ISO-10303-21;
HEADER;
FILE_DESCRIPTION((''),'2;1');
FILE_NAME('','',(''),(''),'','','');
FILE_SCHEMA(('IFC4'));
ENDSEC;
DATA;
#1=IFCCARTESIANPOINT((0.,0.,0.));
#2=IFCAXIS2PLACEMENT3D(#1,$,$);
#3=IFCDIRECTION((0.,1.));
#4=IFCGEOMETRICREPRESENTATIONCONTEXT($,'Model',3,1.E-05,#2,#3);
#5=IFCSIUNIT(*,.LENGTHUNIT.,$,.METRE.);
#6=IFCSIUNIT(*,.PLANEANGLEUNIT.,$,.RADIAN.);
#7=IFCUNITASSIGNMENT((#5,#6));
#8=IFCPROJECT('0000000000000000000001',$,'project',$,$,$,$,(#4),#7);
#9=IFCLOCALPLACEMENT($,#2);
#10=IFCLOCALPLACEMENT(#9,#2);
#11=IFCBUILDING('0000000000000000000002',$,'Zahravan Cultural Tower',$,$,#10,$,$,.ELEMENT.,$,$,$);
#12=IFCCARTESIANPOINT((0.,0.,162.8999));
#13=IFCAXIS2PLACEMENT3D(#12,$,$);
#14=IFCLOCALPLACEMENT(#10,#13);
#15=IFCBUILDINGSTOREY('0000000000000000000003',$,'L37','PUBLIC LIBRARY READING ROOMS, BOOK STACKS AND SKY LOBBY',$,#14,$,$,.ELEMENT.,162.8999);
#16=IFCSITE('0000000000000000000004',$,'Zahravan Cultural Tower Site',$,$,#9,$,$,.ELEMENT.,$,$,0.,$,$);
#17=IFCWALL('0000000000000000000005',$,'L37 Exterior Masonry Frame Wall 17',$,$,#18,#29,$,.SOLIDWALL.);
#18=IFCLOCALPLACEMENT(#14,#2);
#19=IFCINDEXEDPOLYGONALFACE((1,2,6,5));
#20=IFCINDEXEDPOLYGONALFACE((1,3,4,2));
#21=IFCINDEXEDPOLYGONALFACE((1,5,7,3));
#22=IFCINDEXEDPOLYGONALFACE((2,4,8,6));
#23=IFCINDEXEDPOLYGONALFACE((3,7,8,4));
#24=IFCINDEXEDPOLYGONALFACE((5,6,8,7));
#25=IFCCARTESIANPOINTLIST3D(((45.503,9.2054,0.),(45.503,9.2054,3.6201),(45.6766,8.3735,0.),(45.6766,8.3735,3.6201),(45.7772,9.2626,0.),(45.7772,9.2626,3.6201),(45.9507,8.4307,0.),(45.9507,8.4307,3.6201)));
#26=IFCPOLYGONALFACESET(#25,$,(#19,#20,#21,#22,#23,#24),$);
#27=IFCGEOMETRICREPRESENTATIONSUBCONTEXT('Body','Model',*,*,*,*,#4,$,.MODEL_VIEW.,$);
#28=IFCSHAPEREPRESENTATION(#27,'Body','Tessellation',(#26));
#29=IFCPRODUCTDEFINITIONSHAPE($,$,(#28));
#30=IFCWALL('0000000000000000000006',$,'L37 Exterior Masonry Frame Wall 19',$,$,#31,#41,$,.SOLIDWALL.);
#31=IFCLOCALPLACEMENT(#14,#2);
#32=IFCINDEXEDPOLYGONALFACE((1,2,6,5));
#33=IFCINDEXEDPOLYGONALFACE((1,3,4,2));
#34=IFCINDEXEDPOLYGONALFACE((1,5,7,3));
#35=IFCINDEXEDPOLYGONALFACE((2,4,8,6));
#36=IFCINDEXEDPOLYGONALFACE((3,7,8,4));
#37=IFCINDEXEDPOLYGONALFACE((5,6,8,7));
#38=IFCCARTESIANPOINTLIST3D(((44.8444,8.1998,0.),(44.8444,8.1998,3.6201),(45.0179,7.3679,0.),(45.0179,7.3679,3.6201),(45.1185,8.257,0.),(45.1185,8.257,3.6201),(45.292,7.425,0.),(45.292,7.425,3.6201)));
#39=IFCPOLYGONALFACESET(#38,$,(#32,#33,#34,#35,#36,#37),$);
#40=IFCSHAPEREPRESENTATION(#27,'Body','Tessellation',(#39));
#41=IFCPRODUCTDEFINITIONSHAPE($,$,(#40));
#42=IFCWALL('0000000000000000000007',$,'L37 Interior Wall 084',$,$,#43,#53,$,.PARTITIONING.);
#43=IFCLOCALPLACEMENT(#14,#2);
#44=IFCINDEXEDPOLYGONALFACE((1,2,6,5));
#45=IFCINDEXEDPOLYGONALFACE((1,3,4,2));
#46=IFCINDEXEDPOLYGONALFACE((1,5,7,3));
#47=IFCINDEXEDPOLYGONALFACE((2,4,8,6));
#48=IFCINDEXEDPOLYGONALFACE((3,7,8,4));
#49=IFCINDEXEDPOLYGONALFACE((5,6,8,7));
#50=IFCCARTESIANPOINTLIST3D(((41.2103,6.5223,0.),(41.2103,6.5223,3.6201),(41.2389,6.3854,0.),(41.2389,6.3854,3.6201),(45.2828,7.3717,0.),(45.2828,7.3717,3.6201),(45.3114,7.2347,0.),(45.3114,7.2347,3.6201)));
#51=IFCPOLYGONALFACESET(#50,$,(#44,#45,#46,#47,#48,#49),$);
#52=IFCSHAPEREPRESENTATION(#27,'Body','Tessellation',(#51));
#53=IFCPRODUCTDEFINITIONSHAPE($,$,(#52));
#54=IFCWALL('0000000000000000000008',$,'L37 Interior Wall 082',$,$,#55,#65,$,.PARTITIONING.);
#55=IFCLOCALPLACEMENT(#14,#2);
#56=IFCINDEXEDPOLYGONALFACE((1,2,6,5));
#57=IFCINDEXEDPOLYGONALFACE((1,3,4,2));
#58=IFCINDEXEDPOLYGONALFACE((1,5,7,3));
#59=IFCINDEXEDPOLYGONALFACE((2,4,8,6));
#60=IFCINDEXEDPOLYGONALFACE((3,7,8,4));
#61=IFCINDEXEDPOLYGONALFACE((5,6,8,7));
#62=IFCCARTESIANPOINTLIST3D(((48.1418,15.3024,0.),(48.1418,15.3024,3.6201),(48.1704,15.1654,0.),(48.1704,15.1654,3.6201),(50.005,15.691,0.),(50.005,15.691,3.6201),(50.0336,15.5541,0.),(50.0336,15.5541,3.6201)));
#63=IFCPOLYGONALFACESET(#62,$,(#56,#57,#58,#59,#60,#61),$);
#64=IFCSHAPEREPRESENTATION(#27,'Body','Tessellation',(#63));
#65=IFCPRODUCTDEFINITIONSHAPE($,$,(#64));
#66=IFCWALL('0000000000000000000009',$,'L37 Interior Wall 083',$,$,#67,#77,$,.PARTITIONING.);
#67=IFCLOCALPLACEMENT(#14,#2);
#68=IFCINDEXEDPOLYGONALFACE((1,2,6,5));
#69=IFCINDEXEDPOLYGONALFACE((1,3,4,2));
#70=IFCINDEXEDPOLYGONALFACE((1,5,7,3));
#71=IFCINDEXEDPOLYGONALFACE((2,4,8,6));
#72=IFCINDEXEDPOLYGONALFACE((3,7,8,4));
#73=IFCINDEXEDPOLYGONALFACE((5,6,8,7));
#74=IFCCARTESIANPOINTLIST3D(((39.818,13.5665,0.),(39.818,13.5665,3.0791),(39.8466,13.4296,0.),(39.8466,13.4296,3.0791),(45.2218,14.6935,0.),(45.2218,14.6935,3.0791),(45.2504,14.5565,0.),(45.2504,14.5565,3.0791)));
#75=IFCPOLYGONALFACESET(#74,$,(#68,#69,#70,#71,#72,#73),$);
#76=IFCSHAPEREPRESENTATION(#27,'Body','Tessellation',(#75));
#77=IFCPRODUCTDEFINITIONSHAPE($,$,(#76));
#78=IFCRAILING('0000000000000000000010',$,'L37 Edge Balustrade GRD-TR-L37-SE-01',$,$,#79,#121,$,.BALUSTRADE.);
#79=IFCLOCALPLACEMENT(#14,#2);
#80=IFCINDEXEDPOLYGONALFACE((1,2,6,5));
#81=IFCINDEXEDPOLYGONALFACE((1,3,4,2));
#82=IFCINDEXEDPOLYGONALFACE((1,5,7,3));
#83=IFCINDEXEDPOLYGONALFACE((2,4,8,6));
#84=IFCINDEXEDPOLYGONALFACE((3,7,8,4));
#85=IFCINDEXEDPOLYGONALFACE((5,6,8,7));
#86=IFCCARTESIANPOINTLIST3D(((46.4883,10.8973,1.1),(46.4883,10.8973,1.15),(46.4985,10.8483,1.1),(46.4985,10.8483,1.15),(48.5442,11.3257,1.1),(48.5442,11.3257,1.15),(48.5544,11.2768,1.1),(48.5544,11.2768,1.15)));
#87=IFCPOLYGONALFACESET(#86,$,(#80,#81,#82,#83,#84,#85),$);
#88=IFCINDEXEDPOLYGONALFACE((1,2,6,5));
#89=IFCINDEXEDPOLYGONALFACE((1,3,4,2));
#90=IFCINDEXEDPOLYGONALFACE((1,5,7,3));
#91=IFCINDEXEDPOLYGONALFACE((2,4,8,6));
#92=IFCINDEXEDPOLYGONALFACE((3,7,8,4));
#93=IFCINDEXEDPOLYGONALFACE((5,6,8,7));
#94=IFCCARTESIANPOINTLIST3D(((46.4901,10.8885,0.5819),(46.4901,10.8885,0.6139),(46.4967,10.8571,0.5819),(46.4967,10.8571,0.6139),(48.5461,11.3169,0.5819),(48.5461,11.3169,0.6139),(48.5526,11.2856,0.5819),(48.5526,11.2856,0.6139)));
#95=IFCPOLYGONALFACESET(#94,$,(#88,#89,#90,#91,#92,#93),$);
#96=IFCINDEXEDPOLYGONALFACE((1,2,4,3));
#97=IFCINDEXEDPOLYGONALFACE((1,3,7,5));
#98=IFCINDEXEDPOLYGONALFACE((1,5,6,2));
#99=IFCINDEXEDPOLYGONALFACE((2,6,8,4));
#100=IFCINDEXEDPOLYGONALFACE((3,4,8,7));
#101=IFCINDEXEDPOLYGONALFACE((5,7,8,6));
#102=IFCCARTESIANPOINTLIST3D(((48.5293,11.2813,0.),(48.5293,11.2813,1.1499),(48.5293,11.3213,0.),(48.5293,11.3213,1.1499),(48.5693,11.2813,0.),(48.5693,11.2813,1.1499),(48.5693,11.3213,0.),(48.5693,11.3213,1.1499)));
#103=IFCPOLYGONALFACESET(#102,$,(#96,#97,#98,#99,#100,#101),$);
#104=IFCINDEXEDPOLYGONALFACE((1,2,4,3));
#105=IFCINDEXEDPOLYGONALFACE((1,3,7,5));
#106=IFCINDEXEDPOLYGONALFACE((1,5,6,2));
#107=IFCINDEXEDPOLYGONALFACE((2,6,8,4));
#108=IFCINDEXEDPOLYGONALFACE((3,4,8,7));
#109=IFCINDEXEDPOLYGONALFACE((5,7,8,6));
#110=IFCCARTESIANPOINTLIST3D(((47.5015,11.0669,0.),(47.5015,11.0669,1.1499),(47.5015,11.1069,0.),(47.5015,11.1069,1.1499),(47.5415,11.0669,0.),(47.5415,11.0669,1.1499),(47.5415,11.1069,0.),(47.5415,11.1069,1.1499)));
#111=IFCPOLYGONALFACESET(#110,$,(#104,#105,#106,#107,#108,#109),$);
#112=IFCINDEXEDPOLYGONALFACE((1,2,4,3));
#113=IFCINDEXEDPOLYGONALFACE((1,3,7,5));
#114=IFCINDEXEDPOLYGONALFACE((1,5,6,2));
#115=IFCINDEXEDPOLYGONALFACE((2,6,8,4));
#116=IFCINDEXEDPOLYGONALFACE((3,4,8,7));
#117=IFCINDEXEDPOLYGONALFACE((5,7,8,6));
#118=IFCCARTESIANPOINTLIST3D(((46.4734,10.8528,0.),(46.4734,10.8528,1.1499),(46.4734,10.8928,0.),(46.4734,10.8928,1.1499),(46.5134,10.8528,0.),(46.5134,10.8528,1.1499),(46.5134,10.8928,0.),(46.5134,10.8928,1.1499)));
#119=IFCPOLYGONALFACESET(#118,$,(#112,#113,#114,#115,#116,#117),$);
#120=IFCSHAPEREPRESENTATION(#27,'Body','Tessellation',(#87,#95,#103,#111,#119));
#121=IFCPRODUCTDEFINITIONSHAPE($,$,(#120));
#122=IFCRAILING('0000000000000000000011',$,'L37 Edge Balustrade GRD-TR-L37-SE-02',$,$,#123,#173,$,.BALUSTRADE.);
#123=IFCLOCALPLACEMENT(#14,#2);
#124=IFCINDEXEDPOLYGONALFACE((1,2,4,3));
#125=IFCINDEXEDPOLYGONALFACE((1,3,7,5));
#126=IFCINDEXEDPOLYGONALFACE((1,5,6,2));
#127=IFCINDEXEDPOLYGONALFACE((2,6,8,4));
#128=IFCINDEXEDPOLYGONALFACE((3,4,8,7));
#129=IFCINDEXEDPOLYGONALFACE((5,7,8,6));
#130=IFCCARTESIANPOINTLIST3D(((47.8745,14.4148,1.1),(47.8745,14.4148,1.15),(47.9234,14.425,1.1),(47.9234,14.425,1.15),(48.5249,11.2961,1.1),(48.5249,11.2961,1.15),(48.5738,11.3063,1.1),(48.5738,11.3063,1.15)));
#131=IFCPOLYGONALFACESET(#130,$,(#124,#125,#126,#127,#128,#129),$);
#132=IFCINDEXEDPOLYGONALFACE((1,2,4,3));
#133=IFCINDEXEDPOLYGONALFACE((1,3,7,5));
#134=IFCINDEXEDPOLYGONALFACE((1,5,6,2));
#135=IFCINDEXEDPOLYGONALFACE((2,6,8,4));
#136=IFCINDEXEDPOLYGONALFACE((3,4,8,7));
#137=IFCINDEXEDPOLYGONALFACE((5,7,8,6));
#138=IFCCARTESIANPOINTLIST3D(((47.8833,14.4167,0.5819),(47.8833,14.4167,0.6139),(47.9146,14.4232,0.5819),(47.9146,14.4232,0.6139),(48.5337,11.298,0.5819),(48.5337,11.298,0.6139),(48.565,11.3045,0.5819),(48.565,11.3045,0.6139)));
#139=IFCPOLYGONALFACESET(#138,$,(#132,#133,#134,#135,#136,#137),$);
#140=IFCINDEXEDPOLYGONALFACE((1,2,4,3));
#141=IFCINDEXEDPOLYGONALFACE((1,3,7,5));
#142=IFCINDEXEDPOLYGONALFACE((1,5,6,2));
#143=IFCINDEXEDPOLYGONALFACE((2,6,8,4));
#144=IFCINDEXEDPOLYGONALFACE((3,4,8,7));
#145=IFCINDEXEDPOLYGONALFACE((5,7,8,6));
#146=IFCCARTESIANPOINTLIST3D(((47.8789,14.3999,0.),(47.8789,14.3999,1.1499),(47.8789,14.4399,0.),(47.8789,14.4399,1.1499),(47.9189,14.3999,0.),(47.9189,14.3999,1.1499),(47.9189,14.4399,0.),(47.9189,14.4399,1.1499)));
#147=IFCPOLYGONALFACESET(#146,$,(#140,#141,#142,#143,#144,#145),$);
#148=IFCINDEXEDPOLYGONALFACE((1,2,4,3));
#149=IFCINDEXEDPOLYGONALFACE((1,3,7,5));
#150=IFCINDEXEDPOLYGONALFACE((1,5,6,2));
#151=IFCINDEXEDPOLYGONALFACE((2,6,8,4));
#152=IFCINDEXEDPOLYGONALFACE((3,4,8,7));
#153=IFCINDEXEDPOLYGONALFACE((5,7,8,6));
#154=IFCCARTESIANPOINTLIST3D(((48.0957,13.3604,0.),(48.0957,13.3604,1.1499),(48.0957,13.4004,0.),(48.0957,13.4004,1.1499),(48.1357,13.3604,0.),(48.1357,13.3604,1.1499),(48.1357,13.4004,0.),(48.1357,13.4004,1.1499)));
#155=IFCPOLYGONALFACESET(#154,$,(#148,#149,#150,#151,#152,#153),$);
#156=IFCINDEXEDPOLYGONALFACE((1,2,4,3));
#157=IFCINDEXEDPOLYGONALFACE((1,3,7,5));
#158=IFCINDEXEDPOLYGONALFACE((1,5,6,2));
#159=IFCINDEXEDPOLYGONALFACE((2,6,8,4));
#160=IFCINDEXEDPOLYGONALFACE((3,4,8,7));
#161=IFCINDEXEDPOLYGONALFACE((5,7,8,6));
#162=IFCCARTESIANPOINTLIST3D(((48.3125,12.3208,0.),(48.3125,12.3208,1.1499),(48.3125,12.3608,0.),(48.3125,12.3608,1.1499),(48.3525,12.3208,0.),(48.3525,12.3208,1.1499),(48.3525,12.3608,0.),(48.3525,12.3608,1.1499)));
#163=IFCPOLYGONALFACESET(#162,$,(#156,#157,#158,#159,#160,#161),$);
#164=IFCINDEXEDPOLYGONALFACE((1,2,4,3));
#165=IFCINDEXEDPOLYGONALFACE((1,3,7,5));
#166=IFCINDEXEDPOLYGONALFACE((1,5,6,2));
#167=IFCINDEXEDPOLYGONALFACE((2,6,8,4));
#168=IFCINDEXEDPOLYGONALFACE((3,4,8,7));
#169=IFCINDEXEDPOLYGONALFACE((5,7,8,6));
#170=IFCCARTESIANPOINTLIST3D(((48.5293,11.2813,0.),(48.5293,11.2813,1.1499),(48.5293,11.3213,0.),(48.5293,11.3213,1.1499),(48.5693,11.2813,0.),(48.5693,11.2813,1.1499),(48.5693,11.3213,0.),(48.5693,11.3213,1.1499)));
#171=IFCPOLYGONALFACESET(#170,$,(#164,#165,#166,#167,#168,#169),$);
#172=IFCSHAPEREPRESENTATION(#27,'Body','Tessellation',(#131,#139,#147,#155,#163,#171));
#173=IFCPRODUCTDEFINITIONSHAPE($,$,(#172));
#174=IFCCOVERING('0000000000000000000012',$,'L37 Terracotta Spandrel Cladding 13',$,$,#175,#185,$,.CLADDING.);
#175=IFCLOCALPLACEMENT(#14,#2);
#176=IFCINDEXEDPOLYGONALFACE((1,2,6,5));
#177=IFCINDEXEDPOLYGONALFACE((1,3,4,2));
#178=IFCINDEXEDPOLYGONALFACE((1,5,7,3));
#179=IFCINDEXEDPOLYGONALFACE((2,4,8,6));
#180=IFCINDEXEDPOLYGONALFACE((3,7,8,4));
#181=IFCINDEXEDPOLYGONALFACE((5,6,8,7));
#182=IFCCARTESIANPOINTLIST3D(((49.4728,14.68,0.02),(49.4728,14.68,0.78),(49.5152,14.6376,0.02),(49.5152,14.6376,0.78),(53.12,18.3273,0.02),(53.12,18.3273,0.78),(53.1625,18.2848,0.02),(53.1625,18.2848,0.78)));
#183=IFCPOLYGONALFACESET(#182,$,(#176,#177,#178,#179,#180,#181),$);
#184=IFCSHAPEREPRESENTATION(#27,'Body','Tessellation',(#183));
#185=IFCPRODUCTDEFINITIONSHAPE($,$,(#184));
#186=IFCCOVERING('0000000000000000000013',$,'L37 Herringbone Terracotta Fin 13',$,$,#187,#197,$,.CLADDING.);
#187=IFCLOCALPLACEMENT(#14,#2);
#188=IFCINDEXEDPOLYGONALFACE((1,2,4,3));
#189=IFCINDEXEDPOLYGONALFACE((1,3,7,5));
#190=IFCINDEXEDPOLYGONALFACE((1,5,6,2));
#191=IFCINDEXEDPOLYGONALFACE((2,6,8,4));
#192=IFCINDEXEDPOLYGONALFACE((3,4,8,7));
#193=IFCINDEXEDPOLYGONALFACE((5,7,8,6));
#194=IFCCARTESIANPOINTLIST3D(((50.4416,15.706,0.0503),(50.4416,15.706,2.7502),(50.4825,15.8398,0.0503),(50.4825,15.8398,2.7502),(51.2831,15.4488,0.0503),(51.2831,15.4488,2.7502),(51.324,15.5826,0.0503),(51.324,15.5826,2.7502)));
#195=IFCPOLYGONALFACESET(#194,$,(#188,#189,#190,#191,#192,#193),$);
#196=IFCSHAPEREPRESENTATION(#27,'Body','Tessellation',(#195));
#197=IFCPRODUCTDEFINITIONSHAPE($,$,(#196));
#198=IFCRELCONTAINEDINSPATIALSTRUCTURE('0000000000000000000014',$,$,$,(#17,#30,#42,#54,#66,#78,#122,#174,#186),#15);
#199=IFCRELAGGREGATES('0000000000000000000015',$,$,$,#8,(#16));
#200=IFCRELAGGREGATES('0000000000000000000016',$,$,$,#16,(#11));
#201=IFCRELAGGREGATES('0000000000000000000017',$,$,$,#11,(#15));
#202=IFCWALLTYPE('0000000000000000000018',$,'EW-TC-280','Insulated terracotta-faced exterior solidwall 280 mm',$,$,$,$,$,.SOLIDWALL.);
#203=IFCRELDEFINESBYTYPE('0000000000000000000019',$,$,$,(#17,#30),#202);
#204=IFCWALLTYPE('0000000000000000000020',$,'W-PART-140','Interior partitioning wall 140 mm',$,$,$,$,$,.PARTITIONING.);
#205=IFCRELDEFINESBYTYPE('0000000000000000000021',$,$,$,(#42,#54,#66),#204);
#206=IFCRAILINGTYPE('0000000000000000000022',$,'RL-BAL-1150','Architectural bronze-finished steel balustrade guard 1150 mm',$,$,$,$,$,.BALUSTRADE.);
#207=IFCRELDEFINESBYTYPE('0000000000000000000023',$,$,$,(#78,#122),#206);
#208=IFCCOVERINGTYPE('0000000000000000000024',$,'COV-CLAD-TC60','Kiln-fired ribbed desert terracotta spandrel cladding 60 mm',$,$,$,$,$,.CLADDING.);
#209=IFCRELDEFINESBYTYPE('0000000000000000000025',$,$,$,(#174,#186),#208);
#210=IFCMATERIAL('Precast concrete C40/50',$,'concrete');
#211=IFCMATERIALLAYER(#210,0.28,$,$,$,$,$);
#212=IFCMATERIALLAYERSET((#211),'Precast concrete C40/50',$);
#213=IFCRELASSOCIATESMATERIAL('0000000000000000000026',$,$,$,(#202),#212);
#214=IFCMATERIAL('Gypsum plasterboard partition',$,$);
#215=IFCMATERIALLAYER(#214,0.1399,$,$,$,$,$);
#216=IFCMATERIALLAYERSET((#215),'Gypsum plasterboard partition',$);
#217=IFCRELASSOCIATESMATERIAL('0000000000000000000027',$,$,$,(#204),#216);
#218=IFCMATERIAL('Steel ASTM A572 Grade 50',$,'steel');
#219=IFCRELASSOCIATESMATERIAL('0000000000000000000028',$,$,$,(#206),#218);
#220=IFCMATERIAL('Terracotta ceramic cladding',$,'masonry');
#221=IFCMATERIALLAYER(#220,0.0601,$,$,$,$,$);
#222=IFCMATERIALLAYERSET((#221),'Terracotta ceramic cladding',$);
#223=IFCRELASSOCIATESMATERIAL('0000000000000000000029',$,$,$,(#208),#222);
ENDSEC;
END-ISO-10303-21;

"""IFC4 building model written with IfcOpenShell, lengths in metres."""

from ifc_helpers import new_model, si_unit, direction, frame, frame_2d, origin, origin_2d, place, context, subcontext, project, spatial, rectangle, extrude, source, transform, mapped, material, layer, layer_set, type_object, element, save


model = new_model("IFC4")

# Units and contexts
model_context = context("Model", 3, precision=1e-05, world=origin(), true_north=direction((0.0, 1.0)))
body_context = subcontext(model_context, "Body", "Model", "MODEL_VIEW")
ifc_project = project(units=[si_unit("LENGTHUNIT", "METRE"), si_unit("PLANEANGLEUNIT", "RADIAN")], contexts=[model_context])

# Site, building, storey
site_placement = place(None, origin())
site = spatial("IfcSite", under=ifc_project, at=site_placement, Name="Zahravan Cultural Tower Site", CompositionType="ELEMENT", RefElevation=0.0)
building_placement = place(site_placement, origin())
building = spatial("IfcBuilding", under=site, at=building_placement, Name="Zahravan Cultural Tower", CompositionType="ELEMENT")
storey_placement = place(building_placement, frame((0.0, 0.0, 162.8999)))
storey = spatial("IfcBuildingStorey", under=building, at=storey_placement, Name="L37", Description="PUBLIC LIBRARY READING ROOMS, BOOK STACKS AND SKY LOBBY", CompositionType="ELEMENT", Elevation=162.8999)

# Shared definitions
ifc_material_1 = material(Name="Precast concrete C40/50", Category="concrete")
ifc_layer_1 = layer(ifc_material_1, 0.28)
ifc_layer_set_1 = layer_set([ifc_layer_1], Name="Precast concrete C40/50")
wall_type_1 = type_object("IfcWallType", Name="EW-TC-280", Description="Insulated terracotta-faced exterior solidwall 280 mm", PredefinedType="SOLIDWALL", material=ifc_layer_set_1)

# Walls
shared_shape_1 = source(origin(), body_context, "Body", "SweptSolid", [
    extrude(rectangle(XDim=0.8499, YDim=0.28, at=frame_2d((0.4248, 0.0))), origin(), (0.0, 0.0, 1.0), 3.6201),
])
for number, where, z_axis, x_axis, name in (
    (1, (45.6401, 9.2339, 0.0), (0.0, 0.0, 1.0), (0.20423, -0.978923, 0.0), "L37 Exterior Masonry Frame Wall 17"),
    (2, (44.9814, 8.2283, 0.0), (0.0, 0.0, 1.0), (0.20423, -0.978923, 0.0), "L37 Exterior Masonry Frame Wall 19"),
):
    element("IfcWall", number, at=place(storey_placement, frame(where, z_axis=z_axis, x_axis=x_axis)), inside=storey, type_object=wall_type_1, Name=name, PredefinedType="SOLIDWALL", context=body_context, shape_type="MappedRepresentation", body=[
        mapped(shared_shape_1, transform((0.0, 0.0, 0.0), x_axis=(1.0, 0.0, 0.0), y_axis=(0.0, 1.0, 0.0), z_axis=(0.0, 0.0, 1.0), scale=1.0)),
    ])
ifc_material_2 = material(Name="Gypsum plasterboard partition")
ifc_layer_2 = layer(ifc_material_2, 0.1399)
ifc_layer_set_2 = layer_set([ifc_layer_2], Name="Gypsum plasterboard partition")
wall_type_2 = type_object("IfcWallType", Name="W-PART-140", Description="Interior partitioning wall 140 mm", PredefinedType="PARTITIONING", material=ifc_layer_set_2)
shared_shape_2 = source(origin(), body_context, "Body", "SweptSolid", [
    extrude(rectangle(XDim=4.1602, YDim=0.1399, at=frame_2d((2.0801, 0.0))), origin(), (0.0, 0.0, 1.0), 3.6201),
])
wall_1_placement = place(storey_placement, frame((45.2971, 7.3032, 0.0), z_axis=(0.0, 0.0, 1.0), x_axis=(-0.978936, -0.204168, 0.0)))
element("IfcWall", 3, at=wall_1_placement, inside=storey, type_object=wall_type_2, Name="L37 Interior Wall 084", PredefinedType="PARTITIONING", context=body_context, shape_type="MappedRepresentation", body=[
    mapped(shared_shape_2, transform((0.0, 0.0, 0.0), x_axis=(1.0, 0.0, 0.0), y_axis=(0.0, 1.0, 0.0), z_axis=(0.0, 0.0, 1.0), scale=1.0)),
])
shared_shape_3 = source(origin(), body_context, "Body", "SweptSolid", [
    extrude(rectangle(XDim=1.9033, YDim=0.1399, at=frame_2d((0.9517, 0.0))), origin(), (0.0, 0.0, 1.0), 3.6201),
])
wall_2_placement = place(storey_placement, frame((50.0193, 15.6226, 0.0), z_axis=(0.0, 0.0, 1.0), x_axis=(-0.978929, -0.2042, 0.0)))
element("IfcWall", 4, at=wall_2_placement, inside=storey, type_object=wall_type_2, Name="L37 Interior Wall 082", PredefinedType="PARTITIONING", context=body_context, shape_type="MappedRepresentation", body=[
    mapped(shared_shape_3, transform((0.0, 0.0, 0.0), x_axis=(1.0, 0.0, 0.0), y_axis=(0.0, 1.0, 0.0), z_axis=(0.0, 0.0, 1.0), scale=1.0)),
])
shared_shape_4 = source(origin(), body_context, "Body", "SweptSolid", [
    extrude(rectangle(XDim=5.52, YDim=0.1399, at=frame_2d((2.76, 0.0))), origin(), (0.0, 0.0, 1.0), 3.0791),
])
wall_3_placement = place(storey_placement, frame((45.2361, 14.625, 0.0), z_axis=(0.0, 0.0, 1.0), x_axis=(-0.978938, -0.204156, 0.0)))
element("IfcWall", 5, at=wall_3_placement, inside=storey, type_object=wall_type_2, Name="L37 Interior Wall 083", PredefinedType="PARTITIONING", context=body_context, shape_type="MappedRepresentation", body=[
    mapped(shared_shape_4, transform((0.0, 0.0, 0.0), x_axis=(1.0, 0.0, 0.0), y_axis=(0.0, 1.0, 0.0), z_axis=(0.0, 0.0, 1.0), scale=1.0)),
])

# Railings
ifc_material_3 = material(Name="Steel ASTM A572 Grade 50", Category="steel")
railing_type = type_object("IfcRailingType", Name="RL-BAL-1150", Description="Architectural bronze-finished steel balustrade guard 1150 mm", PredefinedType="BALUSTRADE", material=ifc_material_3)
railing_1_placement = place(storey_placement, frame((48.5493, 11.3013, 0.0)))
element("IfcRailing", 6, at=railing_1_placement, inside=storey, type_object=railing_type, Name="L37 Edge Balustrade GRD-TR-L37-SE-01", PredefinedType="BALUSTRADE", context=body_context, shape_type="SweptSolid", body=[
    extrude(rectangle(XDim=0.05, YDim=0.05, at=origin_2d()), frame((0.0, 0.0, 1.125), z_axis=(-0.978966, -0.204024, 0.0), x_axis=(0.204024, -0.978966, 0.0)), (0.0, 0.0, 1.0), 2.1001),
    extrude(rectangle(XDim=0.032, YDim=0.032, at=origin_2d()), frame((0.0, 0.0, 0.5979), z_axis=(-0.978966, -0.204024, 0.0), x_axis=(0.204024, -0.978966, 0.0)), (0.0, 0.0, 1.0), 2.1001),
    extrude(rectangle(XDim=0.04, YDim=0.04, at=origin_2d()), origin(), (0.0, 0.0, 1.0), 1.1499),
    extrude(rectangle(XDim=0.04, YDim=0.04, at=origin_2d()), frame((-1.0278, -0.2144, 0.0)), (0.0, 0.0, 1.0), 1.1499),
    extrude(rectangle(XDim=0.04, YDim=0.04, at=origin_2d()), frame((-2.0559, -0.4285, 0.0)), (0.0, 0.0, 1.0), 1.1499),
])
railing_2_placement = place(storey_placement, frame((47.8989, 14.4199, 0.0)))
element("IfcRailing", 7, at=railing_2_placement, inside=storey, type_object=railing_type, Name="L37 Edge Balustrade GRD-TR-L37-SE-02", PredefinedType="BALUSTRADE", context=body_context, shape_type="SweptSolid", body=[
    extrude(rectangle(XDim=0.05, YDim=0.05, at=origin_2d()), frame((0.0, 0.0, 1.125), z_axis=(0.204156, -0.978938, 0.0), x_axis=(0.978938, 0.204156, 0.0)), (0.0, 0.0, 1.0), 3.1858),
    extrude(rectangle(XDim=0.032, YDim=0.032, at=origin_2d()), frame((0.0, 0.0, 0.5979), z_axis=(0.204156, -0.978938, 0.0), x_axis=(0.978938, 0.204156, 0.0)), (0.0, 0.0, 1.0), 3.1858),
    extrude(rectangle(XDim=0.04, YDim=0.04, at=origin_2d()), origin(), (0.0, 0.0, 1.0), 1.1499),
    extrude(rectangle(XDim=0.04, YDim=0.04, at=origin_2d()), frame((0.2168, -1.0396, 0.0)), (0.0, 0.0, 1.0), 1.1499),
    extrude(rectangle(XDim=0.04, YDim=0.04, at=origin_2d()), frame((0.4336, -2.0791, 0.0)), (0.0, 0.0, 1.0), 1.1499),
    extrude(rectangle(XDim=0.04, YDim=0.04, at=origin_2d()), frame((0.6504, -3.1187, 0.0)), (0.0, 0.0, 1.0), 1.1499),
])

# Coverings
ifc_material_4 = material(Name="Terracotta ceramic cladding", Category="masonry")
ifc_layer_3 = layer(ifc_material_4, 0.0601)
ifc_layer_set_3 = layer_set([ifc_layer_3], Name="Terracotta ceramic cladding")
covering_type = type_object("IfcCoveringType", Name="COV-CLAD-TC60", Description="Kiln-fired ribbed desert terracotta spandrel cladding 60 mm", PredefinedType="CLADDING", material=ifc_layer_set_3)
shared_shape_5 = source(origin(), body_context, "Body", "SweptSolid", [
    extrude(rectangle(XDim=5.158, YDim=0.0601, at=origin_2d()), origin(), (0.0, 0.0, 1.0), 0.76),
])
covering_1_placement = place(storey_placement, frame((51.3176, 16.4824, 0.02), z_axis=(0.0, 0.0, 1.0), x_axis=(-0.707107, -0.707107, 0.0)))
element("IfcCovering", 8, at=covering_1_placement, inside=storey, type_object=covering_type, Name="L37 Terracotta Spandrel Cladding 13", PredefinedType="CLADDING", context=body_context, shape_type="MappedRepresentation", body=[
    mapped(shared_shape_5, transform((0.0, 0.0, 0.0), x_axis=(1.0, 0.0, 0.0), y_axis=(0.0, 1.0, 0.0), z_axis=(0.0, 0.0, 1.0), scale=1.0)),
])
shared_shape_6 = source(origin(), body_context, "Body", "SweptSolid", [
    extrude(rectangle(XDim=0.8799, YDim=0.1399, at=origin_2d()), origin(), (0.0, 0.0, 1.0), 2.7),
])
for number, where, z_axis, x_axis, name in (
    (9, (50.8828, 15.6443, 0.0503), (0.0, 0.0, 1.0), (0.956305, -0.292372, 0.0), "L37 Herringbone Terracotta Fin 13"),
):
    element("IfcCovering", number, at=place(storey_placement, frame(where, z_axis=z_axis, x_axis=x_axis)), inside=storey, type_object=covering_type, Name=name, PredefinedType="CLADDING", context=body_context, shape_type="MappedRepresentation", body=[
        mapped(shared_shape_6, transform((0.0, 0.0, 0.0), x_axis=(1.0, 0.0, 0.0), y_axis=(0.0, 1.0, 0.0), z_axis=(0.0, 0.0, 1.0), scale=1.0)),
    ])

save(model, "model.ifc")
